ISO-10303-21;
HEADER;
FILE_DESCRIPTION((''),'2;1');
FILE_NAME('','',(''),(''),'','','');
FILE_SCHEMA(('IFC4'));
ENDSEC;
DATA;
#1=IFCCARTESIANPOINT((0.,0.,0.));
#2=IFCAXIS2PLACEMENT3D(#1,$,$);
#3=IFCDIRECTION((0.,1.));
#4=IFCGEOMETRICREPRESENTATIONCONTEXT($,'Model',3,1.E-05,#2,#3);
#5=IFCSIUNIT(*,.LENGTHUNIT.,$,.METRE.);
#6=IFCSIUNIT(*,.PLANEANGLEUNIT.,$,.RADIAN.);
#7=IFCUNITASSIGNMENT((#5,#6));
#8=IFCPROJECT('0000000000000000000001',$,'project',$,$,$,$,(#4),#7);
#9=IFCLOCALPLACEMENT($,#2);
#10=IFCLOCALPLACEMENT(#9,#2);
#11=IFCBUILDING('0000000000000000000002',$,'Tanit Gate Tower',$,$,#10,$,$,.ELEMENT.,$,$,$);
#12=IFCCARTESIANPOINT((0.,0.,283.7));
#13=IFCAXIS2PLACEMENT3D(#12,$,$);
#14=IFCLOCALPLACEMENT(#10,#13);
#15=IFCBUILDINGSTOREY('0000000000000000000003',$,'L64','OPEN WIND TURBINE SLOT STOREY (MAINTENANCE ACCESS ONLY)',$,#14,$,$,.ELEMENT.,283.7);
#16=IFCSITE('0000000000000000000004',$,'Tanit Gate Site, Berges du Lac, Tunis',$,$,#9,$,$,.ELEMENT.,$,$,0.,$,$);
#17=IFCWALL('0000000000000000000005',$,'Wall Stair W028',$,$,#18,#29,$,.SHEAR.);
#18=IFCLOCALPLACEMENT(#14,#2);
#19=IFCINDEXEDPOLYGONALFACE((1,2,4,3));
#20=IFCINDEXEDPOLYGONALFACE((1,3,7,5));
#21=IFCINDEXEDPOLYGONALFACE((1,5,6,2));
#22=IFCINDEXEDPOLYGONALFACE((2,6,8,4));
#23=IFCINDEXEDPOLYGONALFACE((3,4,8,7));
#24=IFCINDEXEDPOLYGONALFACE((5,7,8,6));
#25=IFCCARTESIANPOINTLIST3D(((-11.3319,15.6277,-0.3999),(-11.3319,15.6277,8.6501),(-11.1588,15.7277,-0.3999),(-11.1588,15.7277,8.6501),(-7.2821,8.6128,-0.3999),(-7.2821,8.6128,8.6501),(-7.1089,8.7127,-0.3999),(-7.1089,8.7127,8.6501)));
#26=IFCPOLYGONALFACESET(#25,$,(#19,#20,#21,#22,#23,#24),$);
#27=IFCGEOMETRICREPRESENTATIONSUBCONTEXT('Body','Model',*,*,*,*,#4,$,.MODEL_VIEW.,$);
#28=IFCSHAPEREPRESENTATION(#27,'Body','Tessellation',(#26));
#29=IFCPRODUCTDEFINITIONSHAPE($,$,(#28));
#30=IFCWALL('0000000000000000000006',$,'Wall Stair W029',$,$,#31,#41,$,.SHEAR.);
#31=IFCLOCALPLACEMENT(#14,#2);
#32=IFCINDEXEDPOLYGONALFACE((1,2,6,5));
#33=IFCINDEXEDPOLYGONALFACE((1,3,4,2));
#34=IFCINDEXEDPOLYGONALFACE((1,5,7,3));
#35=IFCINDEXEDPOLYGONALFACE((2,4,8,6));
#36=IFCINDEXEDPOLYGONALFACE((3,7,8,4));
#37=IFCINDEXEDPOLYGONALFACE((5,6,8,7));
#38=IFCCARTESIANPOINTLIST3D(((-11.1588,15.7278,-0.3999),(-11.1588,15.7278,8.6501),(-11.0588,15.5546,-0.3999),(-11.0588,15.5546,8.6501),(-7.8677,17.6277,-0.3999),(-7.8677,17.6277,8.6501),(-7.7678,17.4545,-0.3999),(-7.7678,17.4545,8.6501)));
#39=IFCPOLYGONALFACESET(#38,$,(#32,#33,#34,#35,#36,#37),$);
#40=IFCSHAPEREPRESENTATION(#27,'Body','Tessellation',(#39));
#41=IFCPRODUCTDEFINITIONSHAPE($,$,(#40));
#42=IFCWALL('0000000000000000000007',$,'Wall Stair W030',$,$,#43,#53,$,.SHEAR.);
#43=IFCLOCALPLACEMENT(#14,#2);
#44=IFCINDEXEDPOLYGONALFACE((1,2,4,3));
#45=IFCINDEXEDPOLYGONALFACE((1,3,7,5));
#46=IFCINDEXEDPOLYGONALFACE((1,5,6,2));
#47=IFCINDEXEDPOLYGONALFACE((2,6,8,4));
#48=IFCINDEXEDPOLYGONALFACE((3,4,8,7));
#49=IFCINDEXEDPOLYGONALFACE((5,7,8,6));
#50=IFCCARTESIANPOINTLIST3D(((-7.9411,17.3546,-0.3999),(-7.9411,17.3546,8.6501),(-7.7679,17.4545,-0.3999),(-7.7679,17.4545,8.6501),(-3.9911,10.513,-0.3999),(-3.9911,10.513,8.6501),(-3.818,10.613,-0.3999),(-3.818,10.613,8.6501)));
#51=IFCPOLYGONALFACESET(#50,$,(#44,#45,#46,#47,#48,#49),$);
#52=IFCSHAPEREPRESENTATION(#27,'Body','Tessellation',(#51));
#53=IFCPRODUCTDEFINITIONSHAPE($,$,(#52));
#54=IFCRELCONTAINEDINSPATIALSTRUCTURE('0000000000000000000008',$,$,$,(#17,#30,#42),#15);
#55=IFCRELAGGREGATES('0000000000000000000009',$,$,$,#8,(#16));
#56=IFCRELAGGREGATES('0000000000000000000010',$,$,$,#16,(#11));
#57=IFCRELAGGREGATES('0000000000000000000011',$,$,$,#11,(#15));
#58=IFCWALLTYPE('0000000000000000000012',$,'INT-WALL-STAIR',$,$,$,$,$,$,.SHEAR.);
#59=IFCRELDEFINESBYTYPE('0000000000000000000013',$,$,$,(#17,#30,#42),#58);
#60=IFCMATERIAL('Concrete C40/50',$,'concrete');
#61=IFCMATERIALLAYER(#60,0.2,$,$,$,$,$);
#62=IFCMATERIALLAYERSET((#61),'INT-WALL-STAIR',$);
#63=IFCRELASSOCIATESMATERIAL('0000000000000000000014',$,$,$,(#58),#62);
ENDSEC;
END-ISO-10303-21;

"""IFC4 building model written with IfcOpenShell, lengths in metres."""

from ifc_helpers import new_model, si_unit, direction, frame, frame_2d, origin, place, context, subcontext, project, spatial, rectangle, extrude, material, layer, layer_set, type_object, element, save


model = new_model("IFC4")

# Units and contexts
model_context = context("Model", 3, precision=1e-05, world=origin(), true_north=direction((0.0, 1.0)))
body_context = subcontext(model_context, "Body", "Model", "MODEL_VIEW")
ifc_project = project(units=[si_unit("LENGTHUNIT", "METRE"), si_unit("PLANEANGLEUNIT", "RADIAN")], contexts=[model_context])

# Site, building, storey
site_placement = place(None, origin())
site = spatial("IfcSite", under=ifc_project, at=site_placement, Name="Tanit Gate Site, Berges du Lac, Tunis", CompositionType="ELEMENT", RefElevation=0.0)
building_placement = place(site_placement, origin())
building = spatial("IfcBuilding", under=site, at=building_placement, Name="Tanit Gate Tower", CompositionType="ELEMENT")
storey_placement = place(building_placement, frame((0.0, 0.0, 283.7)))
storey = spatial("IfcBuildingStorey", under=building, at=storey_placement, Name="L64", Description="OPEN WIND TURBINE SLOT STOREY (MAINTENANCE ACCESS ONLY)", CompositionType="ELEMENT", Elevation=283.7)

# Walls
ifc_material_1 = material(Name="Concrete C40/50", Category="concrete")
ifc_layer_1 = layer(ifc_material_1, 0.2)
ifc_layer_set_1 = layer_set([ifc_layer_1], Name="INT-WALL-STAIR")
wall_type_1 = type_object("IfcWallType", Name="INT-WALL-STAIR", PredefinedType="SHEAR", material=ifc_layer_set_1)
wall_1_placement = place(storey_placement, frame((-11.2454, 15.6777, -0.3999), z_axis=(0.0, 0.0, 1.0), x_axis=(0.499977, -0.866039, 0.0)))
element("IfcWall", 1, at=wall_1_placement, inside=storey, type_object=wall_type_1, Name="Wall Stair W028", PredefinedType="SHEAR", context=body_context, shape_type="SweptSolid", body=[
    extrude(rectangle(XDim=8.1001, YDim=0.2, at=frame_2d((4.05, 0.0))), origin(), (0.0, 0.0, 1.0), 9.05),
])
wall_2_placement = place(storey_placement, frame((-7.8179, 17.541, -0.3999), z_axis=(0.0, 0.0, 1.0), x_axis=(-0.866044, -0.499967, 0.0)))
element("IfcWall", 2, at=wall_2_placement, inside=storey, type_object=wall_type_1, Name="Wall Stair W029", PredefinedType="SHEAR", context=body_context, shape_type="SweptSolid", body=[
    extrude(rectangle(XDim=3.8, YDim=0.2, at=frame_2d((1.8999, 0.0))), origin(), (0.0, 0.0, 1.0), 9.05),
])
wall_3_placement = place(storey_placement, frame((-7.8545, 17.4045, -0.3999), z_axis=(0.0, 0.0, 1.0), x_axis=(0.499998, -0.866027, 0.0)))
element("IfcWall", 3, at=wall_3_placement, inside=storey, type_object=wall_type_1, Name="Wall Stair W030", PredefinedType="SHEAR", context=body_context, shape_type="SweptSolid", body=[
    extrude(rectangle(XDim=7.8999, YDim=0.2, at=frame_2d((3.95, 0.0))), origin(), (0.0, 0.0, 1.0), 9.05),
])

save(model, "model.ifc")
